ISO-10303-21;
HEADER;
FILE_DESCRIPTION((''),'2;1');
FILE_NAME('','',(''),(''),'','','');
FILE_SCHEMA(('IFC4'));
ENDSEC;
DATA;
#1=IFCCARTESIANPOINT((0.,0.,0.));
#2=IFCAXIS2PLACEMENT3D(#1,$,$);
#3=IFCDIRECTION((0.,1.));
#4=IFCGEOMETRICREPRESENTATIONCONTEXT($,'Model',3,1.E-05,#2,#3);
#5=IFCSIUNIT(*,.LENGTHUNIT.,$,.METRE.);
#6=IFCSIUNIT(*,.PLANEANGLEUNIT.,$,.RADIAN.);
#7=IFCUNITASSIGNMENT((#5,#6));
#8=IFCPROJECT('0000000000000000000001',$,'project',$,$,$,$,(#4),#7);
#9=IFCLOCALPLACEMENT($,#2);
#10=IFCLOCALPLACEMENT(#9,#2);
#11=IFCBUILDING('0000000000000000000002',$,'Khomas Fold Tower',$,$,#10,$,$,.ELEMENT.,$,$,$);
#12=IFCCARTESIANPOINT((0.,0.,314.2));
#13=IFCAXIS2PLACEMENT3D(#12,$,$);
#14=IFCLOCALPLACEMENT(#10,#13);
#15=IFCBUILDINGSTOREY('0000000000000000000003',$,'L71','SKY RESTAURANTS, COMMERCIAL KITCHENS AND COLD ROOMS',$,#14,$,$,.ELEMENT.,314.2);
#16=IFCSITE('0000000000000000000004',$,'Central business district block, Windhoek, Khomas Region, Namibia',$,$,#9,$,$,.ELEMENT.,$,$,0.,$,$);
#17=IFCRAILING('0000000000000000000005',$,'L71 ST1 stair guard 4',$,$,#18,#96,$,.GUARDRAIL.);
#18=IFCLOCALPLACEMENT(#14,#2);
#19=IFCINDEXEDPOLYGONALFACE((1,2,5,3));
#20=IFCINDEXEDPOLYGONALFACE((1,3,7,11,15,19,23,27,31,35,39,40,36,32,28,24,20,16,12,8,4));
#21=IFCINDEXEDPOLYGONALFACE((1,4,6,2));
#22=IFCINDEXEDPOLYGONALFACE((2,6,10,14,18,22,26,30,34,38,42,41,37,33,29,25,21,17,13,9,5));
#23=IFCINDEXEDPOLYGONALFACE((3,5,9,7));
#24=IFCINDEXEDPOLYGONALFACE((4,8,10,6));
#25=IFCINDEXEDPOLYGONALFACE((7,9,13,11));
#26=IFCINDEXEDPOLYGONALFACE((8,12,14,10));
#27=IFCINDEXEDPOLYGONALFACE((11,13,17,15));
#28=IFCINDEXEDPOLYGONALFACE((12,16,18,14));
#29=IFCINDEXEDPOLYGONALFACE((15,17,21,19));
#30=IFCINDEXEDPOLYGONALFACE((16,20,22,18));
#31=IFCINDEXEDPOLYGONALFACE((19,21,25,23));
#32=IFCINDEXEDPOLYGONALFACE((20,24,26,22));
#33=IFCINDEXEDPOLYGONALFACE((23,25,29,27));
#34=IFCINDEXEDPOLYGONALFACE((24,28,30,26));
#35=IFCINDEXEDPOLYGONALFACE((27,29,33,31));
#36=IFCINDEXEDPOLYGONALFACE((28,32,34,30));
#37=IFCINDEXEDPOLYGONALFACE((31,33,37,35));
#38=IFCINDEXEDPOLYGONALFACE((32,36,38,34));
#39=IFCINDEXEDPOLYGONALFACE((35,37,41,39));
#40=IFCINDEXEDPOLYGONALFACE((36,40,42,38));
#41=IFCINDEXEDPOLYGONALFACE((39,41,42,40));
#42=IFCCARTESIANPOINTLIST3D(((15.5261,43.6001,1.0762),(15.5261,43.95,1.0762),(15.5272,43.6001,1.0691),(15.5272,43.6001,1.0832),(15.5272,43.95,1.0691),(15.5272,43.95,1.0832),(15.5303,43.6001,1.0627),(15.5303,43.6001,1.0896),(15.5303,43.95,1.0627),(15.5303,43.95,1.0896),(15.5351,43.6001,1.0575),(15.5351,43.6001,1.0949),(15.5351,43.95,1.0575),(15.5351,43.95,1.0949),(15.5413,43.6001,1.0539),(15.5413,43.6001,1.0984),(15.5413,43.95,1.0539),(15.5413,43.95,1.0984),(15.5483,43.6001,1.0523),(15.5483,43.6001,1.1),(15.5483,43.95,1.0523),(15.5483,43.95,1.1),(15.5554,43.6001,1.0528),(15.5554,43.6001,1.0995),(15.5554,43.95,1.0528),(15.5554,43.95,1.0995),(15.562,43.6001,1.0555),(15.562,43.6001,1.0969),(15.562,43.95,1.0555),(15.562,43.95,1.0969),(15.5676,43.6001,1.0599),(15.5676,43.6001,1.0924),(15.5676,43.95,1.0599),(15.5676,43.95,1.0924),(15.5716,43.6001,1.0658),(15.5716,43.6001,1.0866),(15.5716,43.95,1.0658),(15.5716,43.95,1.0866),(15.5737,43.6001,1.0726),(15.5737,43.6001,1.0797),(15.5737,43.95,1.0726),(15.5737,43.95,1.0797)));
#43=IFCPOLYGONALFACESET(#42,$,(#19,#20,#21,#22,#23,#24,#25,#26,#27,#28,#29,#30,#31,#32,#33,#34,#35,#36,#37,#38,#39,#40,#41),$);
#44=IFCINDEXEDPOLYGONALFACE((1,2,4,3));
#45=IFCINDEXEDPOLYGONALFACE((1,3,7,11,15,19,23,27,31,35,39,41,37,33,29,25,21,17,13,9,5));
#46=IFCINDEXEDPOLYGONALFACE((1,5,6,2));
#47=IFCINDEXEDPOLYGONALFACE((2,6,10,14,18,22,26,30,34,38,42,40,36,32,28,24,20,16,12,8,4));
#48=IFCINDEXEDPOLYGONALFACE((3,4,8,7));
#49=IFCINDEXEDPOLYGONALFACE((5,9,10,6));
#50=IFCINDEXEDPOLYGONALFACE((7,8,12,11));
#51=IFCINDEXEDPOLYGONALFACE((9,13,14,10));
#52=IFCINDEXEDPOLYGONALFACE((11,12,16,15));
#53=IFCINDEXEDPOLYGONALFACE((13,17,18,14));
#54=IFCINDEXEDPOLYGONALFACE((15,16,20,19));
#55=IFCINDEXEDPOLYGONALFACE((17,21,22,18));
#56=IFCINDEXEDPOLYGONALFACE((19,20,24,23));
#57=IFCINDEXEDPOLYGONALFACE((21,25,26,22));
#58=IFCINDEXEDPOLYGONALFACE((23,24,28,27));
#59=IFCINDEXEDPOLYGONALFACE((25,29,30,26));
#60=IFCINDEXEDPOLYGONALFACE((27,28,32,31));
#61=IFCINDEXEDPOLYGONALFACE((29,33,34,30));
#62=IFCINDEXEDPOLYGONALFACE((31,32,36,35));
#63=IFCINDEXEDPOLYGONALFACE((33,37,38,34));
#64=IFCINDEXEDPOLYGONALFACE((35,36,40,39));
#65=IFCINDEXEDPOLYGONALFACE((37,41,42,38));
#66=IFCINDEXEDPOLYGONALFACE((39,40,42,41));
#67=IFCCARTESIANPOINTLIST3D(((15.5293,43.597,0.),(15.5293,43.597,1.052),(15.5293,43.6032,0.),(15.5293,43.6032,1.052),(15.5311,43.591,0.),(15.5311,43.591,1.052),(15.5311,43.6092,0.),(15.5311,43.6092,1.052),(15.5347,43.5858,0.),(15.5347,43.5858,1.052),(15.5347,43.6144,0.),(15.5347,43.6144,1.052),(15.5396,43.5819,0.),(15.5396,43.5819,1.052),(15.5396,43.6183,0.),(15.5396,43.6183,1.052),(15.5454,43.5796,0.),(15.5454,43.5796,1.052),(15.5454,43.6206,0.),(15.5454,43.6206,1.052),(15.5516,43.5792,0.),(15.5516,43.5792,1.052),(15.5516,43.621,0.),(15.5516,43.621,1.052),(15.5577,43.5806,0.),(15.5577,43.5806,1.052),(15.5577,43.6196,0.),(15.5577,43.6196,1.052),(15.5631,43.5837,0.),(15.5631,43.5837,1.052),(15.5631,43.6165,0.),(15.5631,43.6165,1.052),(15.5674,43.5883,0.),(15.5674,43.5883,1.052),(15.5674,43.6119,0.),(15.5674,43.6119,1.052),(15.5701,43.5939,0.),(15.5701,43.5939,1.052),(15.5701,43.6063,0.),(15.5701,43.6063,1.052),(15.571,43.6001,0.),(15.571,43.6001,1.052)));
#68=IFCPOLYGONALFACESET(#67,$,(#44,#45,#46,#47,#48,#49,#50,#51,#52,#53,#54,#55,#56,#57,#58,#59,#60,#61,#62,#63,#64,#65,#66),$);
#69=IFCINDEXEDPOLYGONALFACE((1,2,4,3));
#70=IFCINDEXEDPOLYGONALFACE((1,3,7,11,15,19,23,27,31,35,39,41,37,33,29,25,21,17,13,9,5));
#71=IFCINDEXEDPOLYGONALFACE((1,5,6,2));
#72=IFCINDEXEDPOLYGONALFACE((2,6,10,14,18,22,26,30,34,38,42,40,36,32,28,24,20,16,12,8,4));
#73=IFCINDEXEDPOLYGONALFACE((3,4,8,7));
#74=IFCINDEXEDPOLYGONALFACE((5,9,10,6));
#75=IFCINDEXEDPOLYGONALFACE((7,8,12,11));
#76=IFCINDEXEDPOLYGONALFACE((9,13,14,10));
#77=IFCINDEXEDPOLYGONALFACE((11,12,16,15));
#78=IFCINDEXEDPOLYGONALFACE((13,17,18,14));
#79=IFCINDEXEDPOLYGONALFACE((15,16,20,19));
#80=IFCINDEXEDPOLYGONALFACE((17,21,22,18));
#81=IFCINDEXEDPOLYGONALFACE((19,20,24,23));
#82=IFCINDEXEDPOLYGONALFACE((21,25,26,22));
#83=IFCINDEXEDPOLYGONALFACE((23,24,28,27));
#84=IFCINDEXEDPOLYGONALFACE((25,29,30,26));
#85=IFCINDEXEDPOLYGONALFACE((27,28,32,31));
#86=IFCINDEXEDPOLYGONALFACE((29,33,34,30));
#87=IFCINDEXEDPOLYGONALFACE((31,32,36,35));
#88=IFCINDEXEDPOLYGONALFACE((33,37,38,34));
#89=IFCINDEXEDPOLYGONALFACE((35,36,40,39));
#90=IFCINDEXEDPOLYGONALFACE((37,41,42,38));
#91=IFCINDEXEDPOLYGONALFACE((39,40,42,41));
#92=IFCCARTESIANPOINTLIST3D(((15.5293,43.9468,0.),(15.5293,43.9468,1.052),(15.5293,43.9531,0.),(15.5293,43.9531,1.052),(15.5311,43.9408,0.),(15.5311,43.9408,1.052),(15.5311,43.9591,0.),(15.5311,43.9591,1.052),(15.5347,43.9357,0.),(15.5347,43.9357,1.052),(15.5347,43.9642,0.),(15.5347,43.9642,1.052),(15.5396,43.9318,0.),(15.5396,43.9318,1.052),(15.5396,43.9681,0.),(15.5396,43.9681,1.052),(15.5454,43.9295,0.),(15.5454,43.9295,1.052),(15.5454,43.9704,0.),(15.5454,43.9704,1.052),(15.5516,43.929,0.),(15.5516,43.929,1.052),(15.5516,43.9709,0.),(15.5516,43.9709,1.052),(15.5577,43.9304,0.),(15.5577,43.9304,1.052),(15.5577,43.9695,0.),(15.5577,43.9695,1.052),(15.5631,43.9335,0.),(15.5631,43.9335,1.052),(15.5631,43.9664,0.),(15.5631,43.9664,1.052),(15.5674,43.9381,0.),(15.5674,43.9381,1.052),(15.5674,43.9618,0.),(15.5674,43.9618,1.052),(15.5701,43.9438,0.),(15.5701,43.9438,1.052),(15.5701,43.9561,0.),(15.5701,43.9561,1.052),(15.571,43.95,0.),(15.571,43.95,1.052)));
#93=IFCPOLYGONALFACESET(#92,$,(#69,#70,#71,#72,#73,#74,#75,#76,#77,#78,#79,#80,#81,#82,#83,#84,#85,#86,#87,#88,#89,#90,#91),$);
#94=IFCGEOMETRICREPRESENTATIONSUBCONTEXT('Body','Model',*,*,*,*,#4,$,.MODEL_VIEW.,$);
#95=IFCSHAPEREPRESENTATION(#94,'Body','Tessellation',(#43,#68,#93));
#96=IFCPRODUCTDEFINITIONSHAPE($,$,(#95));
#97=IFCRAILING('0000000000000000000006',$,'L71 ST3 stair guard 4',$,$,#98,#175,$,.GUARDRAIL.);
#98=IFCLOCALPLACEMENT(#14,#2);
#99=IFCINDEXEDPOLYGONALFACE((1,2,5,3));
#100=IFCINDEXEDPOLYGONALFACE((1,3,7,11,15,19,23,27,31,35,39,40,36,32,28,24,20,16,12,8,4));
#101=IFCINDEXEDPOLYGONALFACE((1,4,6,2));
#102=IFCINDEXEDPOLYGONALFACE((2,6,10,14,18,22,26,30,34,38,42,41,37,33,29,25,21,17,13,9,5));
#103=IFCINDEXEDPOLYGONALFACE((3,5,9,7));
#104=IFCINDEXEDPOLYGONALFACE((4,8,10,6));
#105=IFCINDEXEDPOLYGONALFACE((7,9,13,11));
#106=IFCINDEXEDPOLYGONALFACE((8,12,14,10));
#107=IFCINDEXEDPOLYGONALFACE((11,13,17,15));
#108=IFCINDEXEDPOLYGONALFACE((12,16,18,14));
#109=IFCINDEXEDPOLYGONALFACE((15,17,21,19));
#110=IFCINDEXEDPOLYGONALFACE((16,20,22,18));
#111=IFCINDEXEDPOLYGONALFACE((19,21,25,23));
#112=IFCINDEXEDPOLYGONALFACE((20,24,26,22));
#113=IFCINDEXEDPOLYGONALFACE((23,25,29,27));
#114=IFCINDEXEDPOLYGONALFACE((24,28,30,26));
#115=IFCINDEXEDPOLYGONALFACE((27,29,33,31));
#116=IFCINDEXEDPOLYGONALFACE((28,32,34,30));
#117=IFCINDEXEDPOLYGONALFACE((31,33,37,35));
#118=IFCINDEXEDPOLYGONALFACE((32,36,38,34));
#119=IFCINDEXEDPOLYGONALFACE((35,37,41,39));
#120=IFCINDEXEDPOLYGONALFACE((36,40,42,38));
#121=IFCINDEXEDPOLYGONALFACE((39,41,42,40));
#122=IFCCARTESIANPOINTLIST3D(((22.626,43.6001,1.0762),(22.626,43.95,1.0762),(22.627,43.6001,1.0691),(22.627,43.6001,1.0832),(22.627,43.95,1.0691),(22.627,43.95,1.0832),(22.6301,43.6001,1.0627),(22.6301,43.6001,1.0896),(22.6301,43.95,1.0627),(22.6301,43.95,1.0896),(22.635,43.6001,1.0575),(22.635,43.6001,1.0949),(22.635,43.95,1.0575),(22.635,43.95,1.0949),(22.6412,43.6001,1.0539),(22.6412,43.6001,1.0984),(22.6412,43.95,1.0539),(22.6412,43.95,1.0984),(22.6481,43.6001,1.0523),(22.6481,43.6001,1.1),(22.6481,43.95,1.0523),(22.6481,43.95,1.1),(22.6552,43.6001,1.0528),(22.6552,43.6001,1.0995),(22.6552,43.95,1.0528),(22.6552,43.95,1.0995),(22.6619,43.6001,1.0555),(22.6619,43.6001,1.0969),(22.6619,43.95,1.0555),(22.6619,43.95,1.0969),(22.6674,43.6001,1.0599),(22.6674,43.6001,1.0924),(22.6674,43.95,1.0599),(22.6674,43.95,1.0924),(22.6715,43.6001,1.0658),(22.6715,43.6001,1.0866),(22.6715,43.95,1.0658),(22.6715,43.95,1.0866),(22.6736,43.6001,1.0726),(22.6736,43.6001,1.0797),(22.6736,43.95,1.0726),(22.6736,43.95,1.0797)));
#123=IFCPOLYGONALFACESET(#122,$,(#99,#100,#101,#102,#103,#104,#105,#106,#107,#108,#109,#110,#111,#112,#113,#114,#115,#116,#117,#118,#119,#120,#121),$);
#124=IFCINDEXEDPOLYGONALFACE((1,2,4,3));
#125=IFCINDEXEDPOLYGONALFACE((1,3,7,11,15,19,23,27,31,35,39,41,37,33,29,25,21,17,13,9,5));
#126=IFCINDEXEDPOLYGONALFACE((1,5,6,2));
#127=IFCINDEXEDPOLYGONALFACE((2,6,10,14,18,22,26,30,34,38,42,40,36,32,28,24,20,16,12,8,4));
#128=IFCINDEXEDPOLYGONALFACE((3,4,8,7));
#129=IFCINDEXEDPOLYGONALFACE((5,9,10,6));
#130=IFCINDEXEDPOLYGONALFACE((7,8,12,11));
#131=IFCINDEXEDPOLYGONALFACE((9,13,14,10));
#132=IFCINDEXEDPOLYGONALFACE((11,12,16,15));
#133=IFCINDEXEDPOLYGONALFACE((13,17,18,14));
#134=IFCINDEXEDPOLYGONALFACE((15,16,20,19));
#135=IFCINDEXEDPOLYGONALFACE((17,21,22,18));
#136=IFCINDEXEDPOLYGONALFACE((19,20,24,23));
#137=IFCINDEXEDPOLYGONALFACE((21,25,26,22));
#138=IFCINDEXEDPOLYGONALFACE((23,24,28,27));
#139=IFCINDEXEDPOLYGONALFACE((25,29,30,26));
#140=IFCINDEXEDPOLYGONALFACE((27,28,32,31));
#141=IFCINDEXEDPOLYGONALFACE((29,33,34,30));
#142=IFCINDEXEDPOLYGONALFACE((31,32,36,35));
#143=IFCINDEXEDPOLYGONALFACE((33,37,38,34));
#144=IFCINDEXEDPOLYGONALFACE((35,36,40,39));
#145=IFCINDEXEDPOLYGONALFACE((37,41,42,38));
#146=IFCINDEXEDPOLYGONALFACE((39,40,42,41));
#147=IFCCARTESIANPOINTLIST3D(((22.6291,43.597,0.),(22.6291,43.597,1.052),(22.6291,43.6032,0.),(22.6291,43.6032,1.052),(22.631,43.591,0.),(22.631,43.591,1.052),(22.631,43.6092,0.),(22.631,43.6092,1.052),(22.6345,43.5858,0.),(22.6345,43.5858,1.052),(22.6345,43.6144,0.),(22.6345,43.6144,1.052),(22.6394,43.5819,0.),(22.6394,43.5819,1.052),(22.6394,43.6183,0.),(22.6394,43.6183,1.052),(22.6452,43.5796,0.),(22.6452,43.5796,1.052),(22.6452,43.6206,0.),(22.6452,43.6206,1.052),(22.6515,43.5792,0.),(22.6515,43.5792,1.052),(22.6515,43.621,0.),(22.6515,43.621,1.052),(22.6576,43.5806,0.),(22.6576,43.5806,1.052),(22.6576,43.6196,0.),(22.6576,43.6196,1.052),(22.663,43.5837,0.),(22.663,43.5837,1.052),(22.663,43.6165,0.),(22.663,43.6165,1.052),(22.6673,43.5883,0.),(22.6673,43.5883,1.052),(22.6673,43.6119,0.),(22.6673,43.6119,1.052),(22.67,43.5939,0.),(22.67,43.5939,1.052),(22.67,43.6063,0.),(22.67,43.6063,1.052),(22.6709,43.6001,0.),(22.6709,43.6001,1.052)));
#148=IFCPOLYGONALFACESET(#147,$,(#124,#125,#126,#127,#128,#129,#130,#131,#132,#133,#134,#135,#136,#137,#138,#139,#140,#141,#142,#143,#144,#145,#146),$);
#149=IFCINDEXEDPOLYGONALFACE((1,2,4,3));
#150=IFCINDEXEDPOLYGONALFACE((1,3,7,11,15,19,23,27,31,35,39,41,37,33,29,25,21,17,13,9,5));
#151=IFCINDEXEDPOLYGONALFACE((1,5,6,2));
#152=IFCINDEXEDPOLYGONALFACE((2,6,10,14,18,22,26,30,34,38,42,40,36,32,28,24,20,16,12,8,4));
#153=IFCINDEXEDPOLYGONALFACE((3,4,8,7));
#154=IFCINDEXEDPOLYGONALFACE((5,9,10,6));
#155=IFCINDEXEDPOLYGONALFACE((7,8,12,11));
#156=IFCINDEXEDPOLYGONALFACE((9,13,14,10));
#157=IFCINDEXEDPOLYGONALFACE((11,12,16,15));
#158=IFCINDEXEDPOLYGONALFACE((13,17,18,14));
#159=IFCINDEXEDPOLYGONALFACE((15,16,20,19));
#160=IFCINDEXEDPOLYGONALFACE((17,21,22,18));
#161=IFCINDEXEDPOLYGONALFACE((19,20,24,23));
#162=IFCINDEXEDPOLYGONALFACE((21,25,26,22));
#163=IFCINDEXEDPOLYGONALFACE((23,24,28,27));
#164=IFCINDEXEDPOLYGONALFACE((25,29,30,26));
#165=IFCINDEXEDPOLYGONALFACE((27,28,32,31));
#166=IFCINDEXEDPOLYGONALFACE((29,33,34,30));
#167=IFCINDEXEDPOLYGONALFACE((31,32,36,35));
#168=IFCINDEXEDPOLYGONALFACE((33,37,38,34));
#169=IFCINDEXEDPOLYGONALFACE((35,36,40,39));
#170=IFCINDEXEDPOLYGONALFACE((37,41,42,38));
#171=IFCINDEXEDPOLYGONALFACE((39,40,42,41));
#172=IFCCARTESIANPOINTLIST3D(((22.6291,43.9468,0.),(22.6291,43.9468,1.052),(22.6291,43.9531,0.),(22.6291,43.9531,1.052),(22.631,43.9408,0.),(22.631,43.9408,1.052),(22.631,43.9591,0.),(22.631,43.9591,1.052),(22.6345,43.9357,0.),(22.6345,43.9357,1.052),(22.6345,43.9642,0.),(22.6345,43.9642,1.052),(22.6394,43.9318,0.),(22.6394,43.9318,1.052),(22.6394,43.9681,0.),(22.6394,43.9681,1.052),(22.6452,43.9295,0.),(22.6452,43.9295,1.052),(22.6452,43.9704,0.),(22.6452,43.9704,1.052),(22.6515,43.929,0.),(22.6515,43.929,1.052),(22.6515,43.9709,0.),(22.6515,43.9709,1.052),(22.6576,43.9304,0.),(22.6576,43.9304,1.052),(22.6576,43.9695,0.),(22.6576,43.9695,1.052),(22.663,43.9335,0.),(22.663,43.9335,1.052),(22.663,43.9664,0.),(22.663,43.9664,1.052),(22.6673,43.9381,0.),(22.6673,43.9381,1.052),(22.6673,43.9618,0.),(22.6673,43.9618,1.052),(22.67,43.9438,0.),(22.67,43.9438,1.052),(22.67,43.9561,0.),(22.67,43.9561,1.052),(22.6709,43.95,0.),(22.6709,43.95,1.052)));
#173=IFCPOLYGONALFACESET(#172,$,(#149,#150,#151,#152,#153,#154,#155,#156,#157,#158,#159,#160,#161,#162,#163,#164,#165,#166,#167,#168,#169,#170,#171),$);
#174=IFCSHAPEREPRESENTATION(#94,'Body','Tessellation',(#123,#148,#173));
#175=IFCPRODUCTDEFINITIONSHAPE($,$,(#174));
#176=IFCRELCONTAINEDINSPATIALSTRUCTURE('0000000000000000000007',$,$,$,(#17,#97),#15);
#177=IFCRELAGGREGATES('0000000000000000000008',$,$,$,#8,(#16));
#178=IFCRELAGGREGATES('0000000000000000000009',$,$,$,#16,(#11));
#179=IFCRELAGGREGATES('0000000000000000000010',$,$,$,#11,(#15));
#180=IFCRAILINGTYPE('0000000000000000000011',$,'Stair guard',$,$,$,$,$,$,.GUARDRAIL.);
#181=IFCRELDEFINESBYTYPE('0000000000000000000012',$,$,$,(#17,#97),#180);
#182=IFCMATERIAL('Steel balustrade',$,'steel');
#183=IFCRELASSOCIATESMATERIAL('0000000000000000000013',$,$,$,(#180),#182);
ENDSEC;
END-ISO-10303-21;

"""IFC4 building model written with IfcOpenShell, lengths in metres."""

from ifc_helpers import new_model, si_unit, direction, frame, origin, origin_2d, place, context, subcontext, project, spatial, circle, extrude, source, transform, mapped, material, type_object, element, save


model = new_model("IFC4")

# Units and contexts
model_context = context("Model", 3, precision=1e-05, world=origin(), true_north=direction((0.0, 1.0)))
body_context = subcontext(model_context, "Body", "Model", "MODEL_VIEW")
ifc_project = project(units=[si_unit("LENGTHUNIT", "METRE"), si_unit("PLANEANGLEUNIT", "RADIAN")], contexts=[model_context])

# Site, building, storey
site_placement = place(None, origin())
site = spatial("IfcSite", under=ifc_project, at=site_placement, Name="Central business district block, Windhoek, Khomas Region, Namibia", CompositionType="ELEMENT", RefElevation=0.0)
building_placement = place(site_placement, origin())
building = spatial("IfcBuilding", under=site, at=building_placement, Name="Khomas Fold Tower", CompositionType="ELEMENT")
storey_placement = place(building_placement, frame((0.0, 0.0, 314.2)))
storey = spatial("IfcBuildingStorey", under=building, at=storey_placement, Name="L71", Description="SKY RESTAURANTS, COMMERCIAL KITCHENS AND COLD ROOMS", CompositionType="ELEMENT", Elevation=314.2)

# Railings
ifc_material_1 = material(Name="Steel balustrade", Category="steel")
railing_type_1 = type_object("IfcRailingType", Name="Stair guard", PredefinedType="GUARDRAIL", material=ifc_material_1)
shared_shape_1 = source(origin(), body_context, "Body", "SweptSolid", [
    extrude(circle(Radius=0.0239, at=origin_2d()), frame((0.0, 0.0, 1.0762), z_axis=(0.0, 1.0, 0.0), x_axis=(-1.0, 0.0, 0.0)), (0.0, 0.0, 1.0), 0.3499),
    extrude(circle(Radius=0.021, at=origin_2d()), origin(), (0.0, 0.0, 1.0), 1.052),
    extrude(circle(Radius=0.021, at=origin_2d()), frame((0.0, 0.3499, 0.0)), (0.0, 0.0, 1.0), 1.052),
])
for number, where, name in (
    (1, (15.55, 43.6001, 0.0), "L71 ST1 stair guard 4"),
    (2, (22.6499, 43.6001, 0.0), "L71 ST3 stair guard 4"),
):
    element("IfcRailing", number, at=place(storey_placement, frame(where)), inside=storey, type_object=railing_type_1, Name=name, PredefinedType="GUARDRAIL", context=body_context, shape_type="MappedRepresentation", body=[
        mapped(shared_shape_1, transform((0.0, 0.0, 0.0))),
    ])

save(model, "model.ifc")
